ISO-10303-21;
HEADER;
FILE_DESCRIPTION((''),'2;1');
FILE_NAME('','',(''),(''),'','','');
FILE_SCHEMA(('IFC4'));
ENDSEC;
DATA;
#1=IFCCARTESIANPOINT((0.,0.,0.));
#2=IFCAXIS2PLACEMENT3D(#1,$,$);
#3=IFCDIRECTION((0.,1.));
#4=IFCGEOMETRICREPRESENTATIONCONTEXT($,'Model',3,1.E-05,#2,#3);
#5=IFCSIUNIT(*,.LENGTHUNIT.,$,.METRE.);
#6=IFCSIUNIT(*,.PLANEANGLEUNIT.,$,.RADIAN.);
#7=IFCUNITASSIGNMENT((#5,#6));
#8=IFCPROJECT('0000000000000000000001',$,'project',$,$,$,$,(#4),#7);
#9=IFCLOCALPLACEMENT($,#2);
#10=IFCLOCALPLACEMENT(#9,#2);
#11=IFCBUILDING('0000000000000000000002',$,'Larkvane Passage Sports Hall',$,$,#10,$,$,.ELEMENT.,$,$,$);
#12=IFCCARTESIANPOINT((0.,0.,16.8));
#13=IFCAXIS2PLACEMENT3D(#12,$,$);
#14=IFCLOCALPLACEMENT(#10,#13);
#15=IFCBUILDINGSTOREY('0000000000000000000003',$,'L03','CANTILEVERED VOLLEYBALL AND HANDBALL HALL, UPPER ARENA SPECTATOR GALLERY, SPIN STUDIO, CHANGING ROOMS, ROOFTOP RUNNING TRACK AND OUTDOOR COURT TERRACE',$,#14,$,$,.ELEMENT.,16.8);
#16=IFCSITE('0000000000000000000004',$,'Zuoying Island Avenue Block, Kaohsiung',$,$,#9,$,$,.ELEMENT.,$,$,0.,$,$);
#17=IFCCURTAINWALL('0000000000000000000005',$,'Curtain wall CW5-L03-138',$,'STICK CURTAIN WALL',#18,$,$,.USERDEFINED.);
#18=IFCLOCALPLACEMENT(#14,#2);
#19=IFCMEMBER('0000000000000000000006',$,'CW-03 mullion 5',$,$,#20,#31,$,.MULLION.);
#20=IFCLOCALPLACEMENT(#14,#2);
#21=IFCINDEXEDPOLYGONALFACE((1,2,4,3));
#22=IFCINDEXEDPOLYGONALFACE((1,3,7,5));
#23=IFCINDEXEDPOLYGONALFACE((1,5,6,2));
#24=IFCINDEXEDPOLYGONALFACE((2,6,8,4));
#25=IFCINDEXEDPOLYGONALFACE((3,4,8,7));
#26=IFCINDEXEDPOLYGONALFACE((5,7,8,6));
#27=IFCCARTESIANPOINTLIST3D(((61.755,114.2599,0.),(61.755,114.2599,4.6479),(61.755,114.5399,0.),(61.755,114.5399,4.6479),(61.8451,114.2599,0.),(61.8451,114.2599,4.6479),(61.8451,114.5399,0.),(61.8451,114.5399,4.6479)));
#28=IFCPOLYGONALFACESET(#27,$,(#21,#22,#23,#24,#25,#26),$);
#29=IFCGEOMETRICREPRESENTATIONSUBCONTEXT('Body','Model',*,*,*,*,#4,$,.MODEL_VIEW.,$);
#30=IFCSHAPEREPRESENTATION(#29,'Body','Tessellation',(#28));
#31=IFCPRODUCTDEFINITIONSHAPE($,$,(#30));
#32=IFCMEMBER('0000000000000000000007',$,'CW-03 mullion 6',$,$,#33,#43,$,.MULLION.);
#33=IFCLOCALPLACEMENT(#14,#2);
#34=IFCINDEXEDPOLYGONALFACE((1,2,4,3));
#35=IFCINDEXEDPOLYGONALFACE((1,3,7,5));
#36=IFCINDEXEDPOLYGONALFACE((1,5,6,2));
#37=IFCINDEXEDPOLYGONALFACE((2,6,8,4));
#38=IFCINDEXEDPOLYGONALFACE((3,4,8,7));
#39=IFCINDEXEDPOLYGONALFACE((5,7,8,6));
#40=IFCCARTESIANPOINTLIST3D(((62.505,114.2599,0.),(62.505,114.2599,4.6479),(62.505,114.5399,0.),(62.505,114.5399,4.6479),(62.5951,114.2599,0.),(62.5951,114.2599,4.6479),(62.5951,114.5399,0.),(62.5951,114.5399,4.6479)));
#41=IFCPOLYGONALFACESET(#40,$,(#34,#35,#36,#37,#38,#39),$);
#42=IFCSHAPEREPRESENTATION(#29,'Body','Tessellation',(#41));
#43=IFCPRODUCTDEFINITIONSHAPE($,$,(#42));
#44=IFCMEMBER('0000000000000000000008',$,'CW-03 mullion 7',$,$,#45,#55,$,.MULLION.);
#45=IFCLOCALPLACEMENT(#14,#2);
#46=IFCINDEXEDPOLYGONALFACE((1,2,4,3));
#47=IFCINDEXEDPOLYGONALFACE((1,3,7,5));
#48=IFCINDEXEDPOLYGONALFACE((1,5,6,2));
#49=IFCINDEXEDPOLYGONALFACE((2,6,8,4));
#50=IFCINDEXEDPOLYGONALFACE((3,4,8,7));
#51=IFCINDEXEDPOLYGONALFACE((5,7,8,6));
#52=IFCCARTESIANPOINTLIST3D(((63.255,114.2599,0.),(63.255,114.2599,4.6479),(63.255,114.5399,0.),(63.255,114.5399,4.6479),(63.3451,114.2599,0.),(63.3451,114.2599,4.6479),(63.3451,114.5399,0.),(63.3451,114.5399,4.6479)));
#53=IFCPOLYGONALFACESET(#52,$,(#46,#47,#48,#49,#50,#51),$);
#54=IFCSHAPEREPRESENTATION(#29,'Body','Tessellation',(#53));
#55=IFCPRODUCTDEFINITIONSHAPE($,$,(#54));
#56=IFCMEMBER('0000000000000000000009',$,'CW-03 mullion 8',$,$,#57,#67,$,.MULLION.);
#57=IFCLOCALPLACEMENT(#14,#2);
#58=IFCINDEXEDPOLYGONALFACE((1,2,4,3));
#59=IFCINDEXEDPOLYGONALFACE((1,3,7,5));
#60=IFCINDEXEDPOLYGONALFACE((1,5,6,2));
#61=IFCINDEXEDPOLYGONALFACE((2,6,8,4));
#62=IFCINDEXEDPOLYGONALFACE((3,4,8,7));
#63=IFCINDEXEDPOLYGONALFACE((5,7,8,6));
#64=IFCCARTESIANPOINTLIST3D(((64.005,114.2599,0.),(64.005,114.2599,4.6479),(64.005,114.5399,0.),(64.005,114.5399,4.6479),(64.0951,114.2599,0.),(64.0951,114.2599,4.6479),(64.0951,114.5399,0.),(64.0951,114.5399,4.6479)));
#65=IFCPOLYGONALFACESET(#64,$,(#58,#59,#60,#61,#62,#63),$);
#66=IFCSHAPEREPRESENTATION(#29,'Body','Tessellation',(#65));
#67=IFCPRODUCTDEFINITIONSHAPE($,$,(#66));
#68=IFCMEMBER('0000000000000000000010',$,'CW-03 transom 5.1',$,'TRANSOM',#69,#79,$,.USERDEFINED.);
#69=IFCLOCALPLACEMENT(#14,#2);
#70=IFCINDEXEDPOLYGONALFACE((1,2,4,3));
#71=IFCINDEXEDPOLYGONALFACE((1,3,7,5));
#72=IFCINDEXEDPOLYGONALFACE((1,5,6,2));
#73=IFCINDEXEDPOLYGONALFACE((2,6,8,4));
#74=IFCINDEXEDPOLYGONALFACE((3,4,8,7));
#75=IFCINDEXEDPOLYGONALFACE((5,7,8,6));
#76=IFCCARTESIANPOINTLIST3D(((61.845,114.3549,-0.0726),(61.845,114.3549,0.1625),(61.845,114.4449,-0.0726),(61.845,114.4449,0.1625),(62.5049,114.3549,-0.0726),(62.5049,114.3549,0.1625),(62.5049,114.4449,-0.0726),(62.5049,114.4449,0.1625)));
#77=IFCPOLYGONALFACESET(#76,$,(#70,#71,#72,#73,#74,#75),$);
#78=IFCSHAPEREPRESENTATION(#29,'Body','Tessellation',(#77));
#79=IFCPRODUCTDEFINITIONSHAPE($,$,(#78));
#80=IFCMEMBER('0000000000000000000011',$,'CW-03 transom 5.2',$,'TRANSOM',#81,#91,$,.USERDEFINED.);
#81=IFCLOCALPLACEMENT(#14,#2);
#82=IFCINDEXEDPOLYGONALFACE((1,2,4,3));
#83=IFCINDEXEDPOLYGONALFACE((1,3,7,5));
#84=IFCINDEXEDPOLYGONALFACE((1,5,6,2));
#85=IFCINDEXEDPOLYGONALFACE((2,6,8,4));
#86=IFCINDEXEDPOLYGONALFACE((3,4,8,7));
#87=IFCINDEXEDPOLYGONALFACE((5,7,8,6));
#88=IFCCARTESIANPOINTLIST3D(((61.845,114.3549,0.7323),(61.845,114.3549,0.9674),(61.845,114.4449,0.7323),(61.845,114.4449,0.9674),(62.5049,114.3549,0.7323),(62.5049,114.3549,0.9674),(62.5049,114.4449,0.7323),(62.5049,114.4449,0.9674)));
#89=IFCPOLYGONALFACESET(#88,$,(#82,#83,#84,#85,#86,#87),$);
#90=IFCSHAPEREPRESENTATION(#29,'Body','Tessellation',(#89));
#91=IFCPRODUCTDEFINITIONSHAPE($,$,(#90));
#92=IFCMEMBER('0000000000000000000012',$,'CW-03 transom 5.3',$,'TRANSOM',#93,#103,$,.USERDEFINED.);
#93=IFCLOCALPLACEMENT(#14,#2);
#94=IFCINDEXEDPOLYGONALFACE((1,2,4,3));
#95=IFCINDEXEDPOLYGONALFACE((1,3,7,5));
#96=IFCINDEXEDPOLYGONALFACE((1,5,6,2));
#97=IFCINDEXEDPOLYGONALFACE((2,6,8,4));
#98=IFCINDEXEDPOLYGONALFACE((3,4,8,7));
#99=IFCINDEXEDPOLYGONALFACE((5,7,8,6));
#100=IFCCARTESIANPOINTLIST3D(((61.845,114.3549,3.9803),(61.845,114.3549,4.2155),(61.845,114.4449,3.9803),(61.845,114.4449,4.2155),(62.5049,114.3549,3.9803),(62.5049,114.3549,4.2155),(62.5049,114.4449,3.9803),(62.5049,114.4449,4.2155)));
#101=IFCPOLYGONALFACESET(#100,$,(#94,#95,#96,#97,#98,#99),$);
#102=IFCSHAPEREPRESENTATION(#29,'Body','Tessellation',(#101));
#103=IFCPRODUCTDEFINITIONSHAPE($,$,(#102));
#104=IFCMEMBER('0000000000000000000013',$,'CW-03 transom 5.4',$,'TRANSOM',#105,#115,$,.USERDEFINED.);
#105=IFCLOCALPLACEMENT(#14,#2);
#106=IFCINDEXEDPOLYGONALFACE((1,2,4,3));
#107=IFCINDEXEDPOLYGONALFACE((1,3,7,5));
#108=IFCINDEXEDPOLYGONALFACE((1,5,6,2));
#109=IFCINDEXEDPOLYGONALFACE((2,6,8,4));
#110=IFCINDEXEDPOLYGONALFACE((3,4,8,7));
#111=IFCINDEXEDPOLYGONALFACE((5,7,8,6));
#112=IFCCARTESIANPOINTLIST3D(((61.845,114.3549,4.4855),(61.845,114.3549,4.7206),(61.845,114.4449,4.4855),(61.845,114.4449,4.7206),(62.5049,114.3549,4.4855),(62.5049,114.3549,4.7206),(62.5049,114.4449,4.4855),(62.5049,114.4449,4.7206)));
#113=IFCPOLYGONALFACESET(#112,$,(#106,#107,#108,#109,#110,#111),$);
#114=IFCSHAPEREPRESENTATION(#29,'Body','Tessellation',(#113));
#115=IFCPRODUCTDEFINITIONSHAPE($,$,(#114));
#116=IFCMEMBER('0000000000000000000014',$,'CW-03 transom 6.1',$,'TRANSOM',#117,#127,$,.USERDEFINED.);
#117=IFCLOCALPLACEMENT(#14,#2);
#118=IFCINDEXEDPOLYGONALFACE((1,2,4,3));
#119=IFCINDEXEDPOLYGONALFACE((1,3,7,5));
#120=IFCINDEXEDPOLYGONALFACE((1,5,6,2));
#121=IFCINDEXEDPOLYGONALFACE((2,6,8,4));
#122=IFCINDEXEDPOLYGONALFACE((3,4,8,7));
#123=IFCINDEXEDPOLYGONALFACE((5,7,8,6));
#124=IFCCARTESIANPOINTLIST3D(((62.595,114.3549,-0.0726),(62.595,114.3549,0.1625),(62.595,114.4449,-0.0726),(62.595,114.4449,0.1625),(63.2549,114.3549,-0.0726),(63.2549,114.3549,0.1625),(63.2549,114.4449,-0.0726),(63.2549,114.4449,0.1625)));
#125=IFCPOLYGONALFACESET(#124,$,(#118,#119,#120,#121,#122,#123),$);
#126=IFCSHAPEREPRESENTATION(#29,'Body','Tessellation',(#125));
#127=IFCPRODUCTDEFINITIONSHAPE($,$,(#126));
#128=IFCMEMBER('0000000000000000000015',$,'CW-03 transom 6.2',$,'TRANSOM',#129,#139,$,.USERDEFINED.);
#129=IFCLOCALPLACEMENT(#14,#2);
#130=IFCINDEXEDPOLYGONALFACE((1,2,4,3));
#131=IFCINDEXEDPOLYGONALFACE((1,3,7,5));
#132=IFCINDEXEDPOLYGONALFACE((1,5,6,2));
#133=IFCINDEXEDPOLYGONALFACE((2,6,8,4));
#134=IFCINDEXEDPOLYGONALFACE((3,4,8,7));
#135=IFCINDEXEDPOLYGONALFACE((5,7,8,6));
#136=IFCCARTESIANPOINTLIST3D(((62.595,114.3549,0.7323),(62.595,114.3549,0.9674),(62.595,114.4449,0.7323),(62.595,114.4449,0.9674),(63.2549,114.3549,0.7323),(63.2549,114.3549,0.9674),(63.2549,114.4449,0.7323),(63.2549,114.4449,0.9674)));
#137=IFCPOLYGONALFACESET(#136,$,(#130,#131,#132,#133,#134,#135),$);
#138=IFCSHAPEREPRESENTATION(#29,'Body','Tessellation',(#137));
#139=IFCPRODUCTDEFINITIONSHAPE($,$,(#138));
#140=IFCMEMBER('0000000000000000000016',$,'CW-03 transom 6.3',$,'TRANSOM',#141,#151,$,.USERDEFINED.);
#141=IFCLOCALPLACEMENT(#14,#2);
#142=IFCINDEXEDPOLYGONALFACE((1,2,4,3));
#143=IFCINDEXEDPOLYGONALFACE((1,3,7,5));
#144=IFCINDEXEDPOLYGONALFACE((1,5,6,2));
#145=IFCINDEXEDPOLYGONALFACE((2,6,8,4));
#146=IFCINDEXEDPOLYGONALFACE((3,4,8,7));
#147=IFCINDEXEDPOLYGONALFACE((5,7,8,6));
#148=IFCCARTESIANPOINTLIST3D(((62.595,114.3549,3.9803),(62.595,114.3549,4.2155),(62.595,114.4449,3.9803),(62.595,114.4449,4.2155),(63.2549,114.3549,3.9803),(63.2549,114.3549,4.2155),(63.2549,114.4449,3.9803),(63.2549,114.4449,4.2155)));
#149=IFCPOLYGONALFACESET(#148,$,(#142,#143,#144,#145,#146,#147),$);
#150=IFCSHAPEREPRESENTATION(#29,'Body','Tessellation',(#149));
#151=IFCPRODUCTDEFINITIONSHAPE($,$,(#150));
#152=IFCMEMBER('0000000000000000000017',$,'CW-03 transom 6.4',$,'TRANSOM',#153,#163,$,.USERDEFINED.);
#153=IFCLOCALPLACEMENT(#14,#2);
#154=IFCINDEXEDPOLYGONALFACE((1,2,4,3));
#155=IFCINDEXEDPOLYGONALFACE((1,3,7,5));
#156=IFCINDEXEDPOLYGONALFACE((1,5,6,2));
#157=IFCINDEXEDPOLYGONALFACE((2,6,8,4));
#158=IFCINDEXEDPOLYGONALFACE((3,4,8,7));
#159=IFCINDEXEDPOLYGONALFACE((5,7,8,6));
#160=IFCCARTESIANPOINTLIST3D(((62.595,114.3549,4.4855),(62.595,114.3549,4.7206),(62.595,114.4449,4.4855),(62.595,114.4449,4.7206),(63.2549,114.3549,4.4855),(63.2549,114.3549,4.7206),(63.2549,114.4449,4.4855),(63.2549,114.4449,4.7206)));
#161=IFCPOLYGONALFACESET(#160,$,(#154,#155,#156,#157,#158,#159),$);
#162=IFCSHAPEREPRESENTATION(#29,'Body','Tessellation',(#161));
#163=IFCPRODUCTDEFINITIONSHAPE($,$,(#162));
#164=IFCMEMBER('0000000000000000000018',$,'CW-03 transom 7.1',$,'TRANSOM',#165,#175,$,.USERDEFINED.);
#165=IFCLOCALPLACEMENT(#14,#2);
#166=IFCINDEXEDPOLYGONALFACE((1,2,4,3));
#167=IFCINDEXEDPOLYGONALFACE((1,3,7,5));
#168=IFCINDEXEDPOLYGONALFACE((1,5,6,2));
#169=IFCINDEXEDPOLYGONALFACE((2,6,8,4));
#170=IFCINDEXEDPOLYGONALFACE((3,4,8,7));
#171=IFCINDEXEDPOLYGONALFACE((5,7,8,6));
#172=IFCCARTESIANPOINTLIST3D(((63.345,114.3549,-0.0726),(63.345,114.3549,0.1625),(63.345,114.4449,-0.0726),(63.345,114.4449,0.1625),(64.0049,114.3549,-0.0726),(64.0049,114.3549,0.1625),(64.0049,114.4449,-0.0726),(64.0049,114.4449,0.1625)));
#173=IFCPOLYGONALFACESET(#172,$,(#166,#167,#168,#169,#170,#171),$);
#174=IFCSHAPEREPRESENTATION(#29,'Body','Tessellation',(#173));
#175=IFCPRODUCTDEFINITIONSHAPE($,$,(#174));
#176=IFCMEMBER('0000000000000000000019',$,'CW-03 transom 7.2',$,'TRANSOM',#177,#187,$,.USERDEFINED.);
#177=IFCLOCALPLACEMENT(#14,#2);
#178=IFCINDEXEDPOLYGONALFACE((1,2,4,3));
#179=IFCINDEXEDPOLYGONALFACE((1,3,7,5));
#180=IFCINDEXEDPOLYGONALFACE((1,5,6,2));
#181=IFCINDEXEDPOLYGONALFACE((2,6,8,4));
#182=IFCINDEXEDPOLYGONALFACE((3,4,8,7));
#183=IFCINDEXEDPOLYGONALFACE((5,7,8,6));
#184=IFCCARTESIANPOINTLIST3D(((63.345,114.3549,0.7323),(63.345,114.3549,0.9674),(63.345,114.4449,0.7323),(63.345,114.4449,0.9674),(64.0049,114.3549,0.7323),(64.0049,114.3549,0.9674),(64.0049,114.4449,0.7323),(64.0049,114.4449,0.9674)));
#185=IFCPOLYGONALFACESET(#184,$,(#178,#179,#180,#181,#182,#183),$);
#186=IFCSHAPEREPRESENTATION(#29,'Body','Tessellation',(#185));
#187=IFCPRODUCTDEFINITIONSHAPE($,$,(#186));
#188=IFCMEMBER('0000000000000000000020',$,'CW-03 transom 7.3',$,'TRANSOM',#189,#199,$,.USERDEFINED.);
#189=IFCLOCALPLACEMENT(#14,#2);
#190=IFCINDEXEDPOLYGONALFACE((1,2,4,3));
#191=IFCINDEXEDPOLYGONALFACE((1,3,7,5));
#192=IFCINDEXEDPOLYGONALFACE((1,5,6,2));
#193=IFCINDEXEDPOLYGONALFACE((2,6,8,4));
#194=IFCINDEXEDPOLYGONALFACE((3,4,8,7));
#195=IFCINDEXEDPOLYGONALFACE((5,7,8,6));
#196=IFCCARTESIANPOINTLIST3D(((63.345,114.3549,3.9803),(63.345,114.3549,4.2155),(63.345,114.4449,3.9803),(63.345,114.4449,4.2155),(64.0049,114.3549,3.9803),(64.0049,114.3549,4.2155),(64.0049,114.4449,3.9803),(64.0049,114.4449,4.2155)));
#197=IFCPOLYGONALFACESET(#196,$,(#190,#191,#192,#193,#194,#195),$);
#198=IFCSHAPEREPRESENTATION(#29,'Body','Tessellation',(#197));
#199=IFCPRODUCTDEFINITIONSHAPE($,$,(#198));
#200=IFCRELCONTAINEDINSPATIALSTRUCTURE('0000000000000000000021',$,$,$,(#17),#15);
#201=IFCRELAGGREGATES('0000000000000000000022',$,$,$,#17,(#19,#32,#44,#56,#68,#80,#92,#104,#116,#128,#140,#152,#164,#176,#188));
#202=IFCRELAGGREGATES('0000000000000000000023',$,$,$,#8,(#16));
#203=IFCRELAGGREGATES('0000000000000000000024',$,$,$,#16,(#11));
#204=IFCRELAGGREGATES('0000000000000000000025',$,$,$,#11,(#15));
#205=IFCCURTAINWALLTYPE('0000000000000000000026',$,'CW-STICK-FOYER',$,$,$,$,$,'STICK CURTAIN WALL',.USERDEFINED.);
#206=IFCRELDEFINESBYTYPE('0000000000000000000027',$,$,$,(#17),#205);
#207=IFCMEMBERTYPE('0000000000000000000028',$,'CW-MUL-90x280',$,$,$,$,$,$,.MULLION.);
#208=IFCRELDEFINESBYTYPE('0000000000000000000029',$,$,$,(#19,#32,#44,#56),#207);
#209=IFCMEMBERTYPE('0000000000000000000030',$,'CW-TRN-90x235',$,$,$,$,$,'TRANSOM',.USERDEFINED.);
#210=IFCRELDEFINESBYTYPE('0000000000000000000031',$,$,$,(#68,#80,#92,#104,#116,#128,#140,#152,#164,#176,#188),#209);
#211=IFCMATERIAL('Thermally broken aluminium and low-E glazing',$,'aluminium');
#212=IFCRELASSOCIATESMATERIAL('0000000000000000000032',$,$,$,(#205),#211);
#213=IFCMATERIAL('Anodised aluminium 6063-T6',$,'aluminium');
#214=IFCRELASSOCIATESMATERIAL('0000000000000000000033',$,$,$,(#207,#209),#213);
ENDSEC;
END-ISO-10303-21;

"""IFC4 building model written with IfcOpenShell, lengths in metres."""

from ifc_helpers import new_model, si_unit, direction, frame, origin, origin_2d, place, context, subcontext, project, spatial, rectangle, extrude, material, material_profile, profile_set, type_object, element, aggregate, save


model = new_model("IFC4")

# Units and contexts
model_context = context("Model", 3, precision=1e-05, world=origin(), true_north=direction((0.0, 1.0)))
body_context = subcontext(model_context, "Body", "Model", "MODEL_VIEW")
ifc_project = project(units=[si_unit("LENGTHUNIT", "METRE"), si_unit("PLANEANGLEUNIT", "RADIAN")], contexts=[model_context])

# Site, building, storey
site_placement = place(None, origin())
site = spatial("IfcSite", under=ifc_project, at=site_placement, Name="Zuoying Island Avenue Block, Kaohsiung", CompositionType="ELEMENT", RefElevation=0.0)
building_placement = place(site_placement, origin())
building = spatial("IfcBuilding", under=site, at=building_placement, Name="Larkvane Passage Sports Hall", CompositionType="ELEMENT")
storey_placement = place(building_placement, frame((0.0, 0.0, 16.8)))
storey = spatial("IfcBuildingStorey", under=building, at=storey_placement, Name="L03", Description="CANTILEVERED VOLLEYBALL AND HANDBALL HALL, UPPER ARENA SPECTATOR GALLERY, SPIN STUDIO, CHANGING ROOMS, ROOFTOP RUNNING TRACK AND OUTDOOR COURT TERRACE", CompositionType="ELEMENT", Elevation=16.8)

# Curtain wall, members
ifc_material_1 = material(Name="Thermally broken aluminium and low-E glazing", Category="aluminium")
curtain_wall_type = type_object("IfcCurtainWallType", Name="CW-STICK-FOYER", ElementType="STICK CURTAIN WALL", PredefinedType="USERDEFINED", material=ifc_material_1)
curtain_wall_placement = place(storey_placement, origin())
curtain_wall = element("IfcCurtainWall", 1, at=curtain_wall_placement, inside=storey, type_object=curtain_wall_type, Name="Curtain wall CW5-L03-138", ObjectType="STICK CURTAIN WALL", PredefinedType="USERDEFINED")
ifc_material_2 = material(Name="Anodised aluminium 6063-T6", Category="aluminium")
ifc_material_profile_1 = material_profile(ifc_material_2, rectangle(XDim=0.0901, YDim=0.28, at=origin_2d()), Name="ALU-MUL-90x280")
ifc_profile_set_1 = profile_set([ifc_material_profile_1], Name="Anodised aluminium 6063-T6")
member_type_1 = type_object("IfcMemberType", Name="CW-MUL-90x280", PredefinedType="MULLION", material=ifc_profile_set_1)
member_1_placement = place(storey_placement, frame((61.8, 114.3999, 0.0), z_axis=(0.0, 0.0, 1.0), x_axis=(1.0, 0.0, 0.0)))
member_1 = element("IfcMember", 2, at=member_1_placement, type_object=member_type_1, Name="CW-03 mullion 5", PredefinedType="MULLION", context=body_context, shape_type="SweptSolid", body=[
    extrude(rectangle(XDim=0.0901, YDim=0.28, at=origin_2d()), origin(), (0.0, 0.0, 1.0), 4.6479),
])
member_2_placement = place(storey_placement, frame((62.55, 114.3999, 0.0), z_axis=(0.0, 0.0, 1.0), x_axis=(1.0, 0.0, 0.0)))
member_2 = element("IfcMember", 3, at=member_2_placement, type_object=member_type_1, Name="CW-03 mullion 6", PredefinedType="MULLION", context=body_context, shape_type="SweptSolid", body=[
    extrude(rectangle(XDim=0.0901, YDim=0.28, at=origin_2d()), origin(), (0.0, 0.0, 1.0), 4.6479),
])
member_3_placement = place(storey_placement, frame((63.3, 114.3999, 0.0), z_axis=(0.0, 0.0, 1.0), x_axis=(1.0, 0.0, 0.0)))
member_3 = element("IfcMember", 4, at=member_3_placement, type_object=member_type_1, Name="CW-03 mullion 7", PredefinedType="MULLION", context=body_context, shape_type="SweptSolid", body=[
    extrude(rectangle(XDim=0.0901, YDim=0.28, at=origin_2d()), origin(), (0.0, 0.0, 1.0), 4.6479),
])
member_4_placement = place(storey_placement, frame((64.05, 114.3999, 0.0), z_axis=(0.0, 0.0, 1.0), x_axis=(1.0, 0.0, 0.0)))
member_4 = element("IfcMember", 5, at=member_4_placement, type_object=member_type_1, Name="CW-03 mullion 8", PredefinedType="MULLION", context=body_context, shape_type="SweptSolid", body=[
    extrude(rectangle(XDim=0.0901, YDim=0.28, at=origin_2d()), origin(), (0.0, 0.0, 1.0), 4.6479),
])
ifc_material_profile_2 = material_profile(ifc_material_2, rectangle(XDim=0.0901, YDim=0.2351, at=origin_2d()), Name="ALU-TRN-90x235")
ifc_profile_set_2 = profile_set([ifc_material_profile_2], Name="Anodised aluminium 6063-T6")
member_type_2 = type_object("IfcMemberType", Name="CW-TRN-90x235", ElementType="TRANSOM", PredefinedType="USERDEFINED", material=ifc_profile_set_2)
member_5_placement = place(storey_placement, frame((61.845, 114.3999, 0.0449), z_axis=(1.0, 0.0, 0.0), x_axis=(0.0, 1.0, 0.0)))
member_5 = element("IfcMember", 6, at=member_5_placement, type_object=member_type_2, Name="CW-03 transom 5.1", ObjectType="TRANSOM", PredefinedType="USERDEFINED", context=body_context, shape_type="SweptSolid", body=[
    extrude(rectangle(XDim=0.0901, YDim=0.2351, at=origin_2d()), origin(), (0.0, 0.0, 1.0), 0.6599),
])
member_6_placement = place(storey_placement, frame((61.845, 114.3999, 0.8499), z_axis=(1.0, 0.0, 0.0), x_axis=(0.0, 1.0, 0.0)))
member_6 = element("IfcMember", 7, at=member_6_placement, type_object=member_type_2, Name="CW-03 transom 5.2", ObjectType="TRANSOM", PredefinedType="USERDEFINED", context=body_context, shape_type="SweptSolid", body=[
    extrude(rectangle(XDim=0.0901, YDim=0.2351, at=origin_2d()), origin(), (0.0, 0.0, 1.0), 0.6599),
])
member_7_placement = place(storey_placement, frame((61.845, 114.3999, 4.0979), z_axis=(1.0, 0.0, 0.0), x_axis=(0.0, 1.0, 0.0)))
member_7 = element("IfcMember", 8, at=member_7_placement, type_object=member_type_2, Name="CW-03 transom 5.3", ObjectType="TRANSOM", PredefinedType="USERDEFINED", context=body_context, shape_type="SweptSolid", body=[
    extrude(rectangle(XDim=0.0901, YDim=0.2351, at=origin_2d()), origin(), (0.0, 0.0, 1.0), 0.6599),
])
member_8_placement = place(storey_placement, frame((61.845, 114.3999, 4.603), z_axis=(1.0, 0.0, 0.0), x_axis=(0.0, 1.0, 0.0)))
member_8 = element("IfcMember", 9, at=member_8_placement, type_object=member_type_2, Name="CW-03 transom 5.4", ObjectType="TRANSOM", PredefinedType="USERDEFINED", context=body_context, shape_type="SweptSolid", body=[
    extrude(rectangle(XDim=0.0901, YDim=0.2351, at=origin_2d()), origin(), (0.0, 0.0, 1.0), 0.6599),
])
member_9_placement = place(storey_placement, frame((62.595, 114.3999, 0.0449), z_axis=(1.0, 0.0, 0.0), x_axis=(0.0, 1.0, 0.0)))
member_9 = element("IfcMember", 10, at=member_9_placement, type_object=member_type_2, Name="CW-03 transom 6.1", ObjectType="TRANSOM", PredefinedType="USERDEFINED", context=body_context, shape_type="SweptSolid", body=[
    extrude(rectangle(XDim=0.0901, YDim=0.2351, at=origin_2d()), origin(), (0.0, 0.0, 1.0), 0.6599),
])
member_10_placement = place(storey_placement, frame((62.595, 114.3999, 0.8499), z_axis=(1.0, 0.0, 0.0), x_axis=(0.0, 1.0, 0.0)))
member_10 = element("IfcMember", 11, at=member_10_placement, type_object=member_type_2, Name="CW-03 transom 6.2", ObjectType="TRANSOM", PredefinedType="USERDEFINED", context=body_context, shape_type="SweptSolid", body=[
    extrude(rectangle(XDim=0.0901, YDim=0.2351, at=origin_2d()), origin(), (0.0, 0.0, 1.0), 0.6599),
])
member_11_placement = place(storey_placement, frame((62.595, 114.3999, 4.0979), z_axis=(1.0, 0.0, 0.0), x_axis=(0.0, 1.0, 0.0)))
member_11 = element("IfcMember", 12, at=member_11_placement, type_object=member_type_2, Name="CW-03 transom 6.3", ObjectType="TRANSOM", PredefinedType="USERDEFINED", context=body_context, shape_type="SweptSolid", body=[
    extrude(rectangle(XDim=0.0901, YDim=0.2351, at=origin_2d()), origin(), (0.0, 0.0, 1.0), 0.6599),
])
member_12_placement = place(storey_placement, frame((62.595, 114.3999, 4.603), z_axis=(1.0, 0.0, 0.0), x_axis=(0.0, 1.0, 0.0)))
member_12 = element("IfcMember", 13, at=member_12_placement, type_object=member_type_2, Name="CW-03 transom 6.4", ObjectType="TRANSOM", PredefinedType="USERDEFINED", context=body_context, shape_type="SweptSolid", body=[
    extrude(rectangle(XDim=0.0901, YDim=0.2351, at=origin_2d()), origin(), (0.0, 0.0, 1.0), 0.6599),
])
member_13_placement = place(storey_placement, frame((63.345, 114.3999, 0.0449), z_axis=(1.0, 0.0, 0.0), x_axis=(0.0, 1.0, 0.0)))
member_13 = element("IfcMember", 14, at=member_13_placement, type_object=member_type_2, Name="CW-03 transom 7.1", ObjectType="TRANSOM", PredefinedType="USERDEFINED", context=body_context, shape_type="SweptSolid", body=[
    extrude(rectangle(XDim=0.0901, YDim=0.2351, at=origin_2d()), origin(), (0.0, 0.0, 1.0), 0.6599),
])
member_14_placement = place(storey_placement, frame((63.345, 114.3999, 0.8499), z_axis=(1.0, 0.0, 0.0), x_axis=(0.0, 1.0, 0.0)))
member_14 = element("IfcMember", 15, at=member_14_placement, type_object=member_type_2, Name="CW-03 transom 7.2", ObjectType="TRANSOM", PredefinedType="USERDEFINED", context=body_context, shape_type="SweptSolid", body=[
    extrude(rectangle(XDim=0.0901, YDim=0.2351, at=origin_2d()), origin(), (0.0, 0.0, 1.0), 0.6599),
])
member_15_placement = place(storey_placement, frame((63.345, 114.3999, 4.0979), z_axis=(1.0, 0.0, 0.0), x_axis=(0.0, 1.0, 0.0)))
member_15 = element("IfcMember", 16, at=member_15_placement, type_object=member_type_2, Name="CW-03 transom 7.3", ObjectType="TRANSOM", PredefinedType="USERDEFINED", context=body_context, shape_type="SweptSolid", body=[
    extrude(rectangle(XDim=0.0901, YDim=0.2351, at=origin_2d()), origin(), (0.0, 0.0, 1.0), 0.6599),
])

aggregate(curtain_wall, [member_1, member_2, member_3, member_4, member_5, member_6, member_7, member_8, member_9, member_10, member_11, member_12, member_13, member_14, member_15])

save(model, "model.ifc")
